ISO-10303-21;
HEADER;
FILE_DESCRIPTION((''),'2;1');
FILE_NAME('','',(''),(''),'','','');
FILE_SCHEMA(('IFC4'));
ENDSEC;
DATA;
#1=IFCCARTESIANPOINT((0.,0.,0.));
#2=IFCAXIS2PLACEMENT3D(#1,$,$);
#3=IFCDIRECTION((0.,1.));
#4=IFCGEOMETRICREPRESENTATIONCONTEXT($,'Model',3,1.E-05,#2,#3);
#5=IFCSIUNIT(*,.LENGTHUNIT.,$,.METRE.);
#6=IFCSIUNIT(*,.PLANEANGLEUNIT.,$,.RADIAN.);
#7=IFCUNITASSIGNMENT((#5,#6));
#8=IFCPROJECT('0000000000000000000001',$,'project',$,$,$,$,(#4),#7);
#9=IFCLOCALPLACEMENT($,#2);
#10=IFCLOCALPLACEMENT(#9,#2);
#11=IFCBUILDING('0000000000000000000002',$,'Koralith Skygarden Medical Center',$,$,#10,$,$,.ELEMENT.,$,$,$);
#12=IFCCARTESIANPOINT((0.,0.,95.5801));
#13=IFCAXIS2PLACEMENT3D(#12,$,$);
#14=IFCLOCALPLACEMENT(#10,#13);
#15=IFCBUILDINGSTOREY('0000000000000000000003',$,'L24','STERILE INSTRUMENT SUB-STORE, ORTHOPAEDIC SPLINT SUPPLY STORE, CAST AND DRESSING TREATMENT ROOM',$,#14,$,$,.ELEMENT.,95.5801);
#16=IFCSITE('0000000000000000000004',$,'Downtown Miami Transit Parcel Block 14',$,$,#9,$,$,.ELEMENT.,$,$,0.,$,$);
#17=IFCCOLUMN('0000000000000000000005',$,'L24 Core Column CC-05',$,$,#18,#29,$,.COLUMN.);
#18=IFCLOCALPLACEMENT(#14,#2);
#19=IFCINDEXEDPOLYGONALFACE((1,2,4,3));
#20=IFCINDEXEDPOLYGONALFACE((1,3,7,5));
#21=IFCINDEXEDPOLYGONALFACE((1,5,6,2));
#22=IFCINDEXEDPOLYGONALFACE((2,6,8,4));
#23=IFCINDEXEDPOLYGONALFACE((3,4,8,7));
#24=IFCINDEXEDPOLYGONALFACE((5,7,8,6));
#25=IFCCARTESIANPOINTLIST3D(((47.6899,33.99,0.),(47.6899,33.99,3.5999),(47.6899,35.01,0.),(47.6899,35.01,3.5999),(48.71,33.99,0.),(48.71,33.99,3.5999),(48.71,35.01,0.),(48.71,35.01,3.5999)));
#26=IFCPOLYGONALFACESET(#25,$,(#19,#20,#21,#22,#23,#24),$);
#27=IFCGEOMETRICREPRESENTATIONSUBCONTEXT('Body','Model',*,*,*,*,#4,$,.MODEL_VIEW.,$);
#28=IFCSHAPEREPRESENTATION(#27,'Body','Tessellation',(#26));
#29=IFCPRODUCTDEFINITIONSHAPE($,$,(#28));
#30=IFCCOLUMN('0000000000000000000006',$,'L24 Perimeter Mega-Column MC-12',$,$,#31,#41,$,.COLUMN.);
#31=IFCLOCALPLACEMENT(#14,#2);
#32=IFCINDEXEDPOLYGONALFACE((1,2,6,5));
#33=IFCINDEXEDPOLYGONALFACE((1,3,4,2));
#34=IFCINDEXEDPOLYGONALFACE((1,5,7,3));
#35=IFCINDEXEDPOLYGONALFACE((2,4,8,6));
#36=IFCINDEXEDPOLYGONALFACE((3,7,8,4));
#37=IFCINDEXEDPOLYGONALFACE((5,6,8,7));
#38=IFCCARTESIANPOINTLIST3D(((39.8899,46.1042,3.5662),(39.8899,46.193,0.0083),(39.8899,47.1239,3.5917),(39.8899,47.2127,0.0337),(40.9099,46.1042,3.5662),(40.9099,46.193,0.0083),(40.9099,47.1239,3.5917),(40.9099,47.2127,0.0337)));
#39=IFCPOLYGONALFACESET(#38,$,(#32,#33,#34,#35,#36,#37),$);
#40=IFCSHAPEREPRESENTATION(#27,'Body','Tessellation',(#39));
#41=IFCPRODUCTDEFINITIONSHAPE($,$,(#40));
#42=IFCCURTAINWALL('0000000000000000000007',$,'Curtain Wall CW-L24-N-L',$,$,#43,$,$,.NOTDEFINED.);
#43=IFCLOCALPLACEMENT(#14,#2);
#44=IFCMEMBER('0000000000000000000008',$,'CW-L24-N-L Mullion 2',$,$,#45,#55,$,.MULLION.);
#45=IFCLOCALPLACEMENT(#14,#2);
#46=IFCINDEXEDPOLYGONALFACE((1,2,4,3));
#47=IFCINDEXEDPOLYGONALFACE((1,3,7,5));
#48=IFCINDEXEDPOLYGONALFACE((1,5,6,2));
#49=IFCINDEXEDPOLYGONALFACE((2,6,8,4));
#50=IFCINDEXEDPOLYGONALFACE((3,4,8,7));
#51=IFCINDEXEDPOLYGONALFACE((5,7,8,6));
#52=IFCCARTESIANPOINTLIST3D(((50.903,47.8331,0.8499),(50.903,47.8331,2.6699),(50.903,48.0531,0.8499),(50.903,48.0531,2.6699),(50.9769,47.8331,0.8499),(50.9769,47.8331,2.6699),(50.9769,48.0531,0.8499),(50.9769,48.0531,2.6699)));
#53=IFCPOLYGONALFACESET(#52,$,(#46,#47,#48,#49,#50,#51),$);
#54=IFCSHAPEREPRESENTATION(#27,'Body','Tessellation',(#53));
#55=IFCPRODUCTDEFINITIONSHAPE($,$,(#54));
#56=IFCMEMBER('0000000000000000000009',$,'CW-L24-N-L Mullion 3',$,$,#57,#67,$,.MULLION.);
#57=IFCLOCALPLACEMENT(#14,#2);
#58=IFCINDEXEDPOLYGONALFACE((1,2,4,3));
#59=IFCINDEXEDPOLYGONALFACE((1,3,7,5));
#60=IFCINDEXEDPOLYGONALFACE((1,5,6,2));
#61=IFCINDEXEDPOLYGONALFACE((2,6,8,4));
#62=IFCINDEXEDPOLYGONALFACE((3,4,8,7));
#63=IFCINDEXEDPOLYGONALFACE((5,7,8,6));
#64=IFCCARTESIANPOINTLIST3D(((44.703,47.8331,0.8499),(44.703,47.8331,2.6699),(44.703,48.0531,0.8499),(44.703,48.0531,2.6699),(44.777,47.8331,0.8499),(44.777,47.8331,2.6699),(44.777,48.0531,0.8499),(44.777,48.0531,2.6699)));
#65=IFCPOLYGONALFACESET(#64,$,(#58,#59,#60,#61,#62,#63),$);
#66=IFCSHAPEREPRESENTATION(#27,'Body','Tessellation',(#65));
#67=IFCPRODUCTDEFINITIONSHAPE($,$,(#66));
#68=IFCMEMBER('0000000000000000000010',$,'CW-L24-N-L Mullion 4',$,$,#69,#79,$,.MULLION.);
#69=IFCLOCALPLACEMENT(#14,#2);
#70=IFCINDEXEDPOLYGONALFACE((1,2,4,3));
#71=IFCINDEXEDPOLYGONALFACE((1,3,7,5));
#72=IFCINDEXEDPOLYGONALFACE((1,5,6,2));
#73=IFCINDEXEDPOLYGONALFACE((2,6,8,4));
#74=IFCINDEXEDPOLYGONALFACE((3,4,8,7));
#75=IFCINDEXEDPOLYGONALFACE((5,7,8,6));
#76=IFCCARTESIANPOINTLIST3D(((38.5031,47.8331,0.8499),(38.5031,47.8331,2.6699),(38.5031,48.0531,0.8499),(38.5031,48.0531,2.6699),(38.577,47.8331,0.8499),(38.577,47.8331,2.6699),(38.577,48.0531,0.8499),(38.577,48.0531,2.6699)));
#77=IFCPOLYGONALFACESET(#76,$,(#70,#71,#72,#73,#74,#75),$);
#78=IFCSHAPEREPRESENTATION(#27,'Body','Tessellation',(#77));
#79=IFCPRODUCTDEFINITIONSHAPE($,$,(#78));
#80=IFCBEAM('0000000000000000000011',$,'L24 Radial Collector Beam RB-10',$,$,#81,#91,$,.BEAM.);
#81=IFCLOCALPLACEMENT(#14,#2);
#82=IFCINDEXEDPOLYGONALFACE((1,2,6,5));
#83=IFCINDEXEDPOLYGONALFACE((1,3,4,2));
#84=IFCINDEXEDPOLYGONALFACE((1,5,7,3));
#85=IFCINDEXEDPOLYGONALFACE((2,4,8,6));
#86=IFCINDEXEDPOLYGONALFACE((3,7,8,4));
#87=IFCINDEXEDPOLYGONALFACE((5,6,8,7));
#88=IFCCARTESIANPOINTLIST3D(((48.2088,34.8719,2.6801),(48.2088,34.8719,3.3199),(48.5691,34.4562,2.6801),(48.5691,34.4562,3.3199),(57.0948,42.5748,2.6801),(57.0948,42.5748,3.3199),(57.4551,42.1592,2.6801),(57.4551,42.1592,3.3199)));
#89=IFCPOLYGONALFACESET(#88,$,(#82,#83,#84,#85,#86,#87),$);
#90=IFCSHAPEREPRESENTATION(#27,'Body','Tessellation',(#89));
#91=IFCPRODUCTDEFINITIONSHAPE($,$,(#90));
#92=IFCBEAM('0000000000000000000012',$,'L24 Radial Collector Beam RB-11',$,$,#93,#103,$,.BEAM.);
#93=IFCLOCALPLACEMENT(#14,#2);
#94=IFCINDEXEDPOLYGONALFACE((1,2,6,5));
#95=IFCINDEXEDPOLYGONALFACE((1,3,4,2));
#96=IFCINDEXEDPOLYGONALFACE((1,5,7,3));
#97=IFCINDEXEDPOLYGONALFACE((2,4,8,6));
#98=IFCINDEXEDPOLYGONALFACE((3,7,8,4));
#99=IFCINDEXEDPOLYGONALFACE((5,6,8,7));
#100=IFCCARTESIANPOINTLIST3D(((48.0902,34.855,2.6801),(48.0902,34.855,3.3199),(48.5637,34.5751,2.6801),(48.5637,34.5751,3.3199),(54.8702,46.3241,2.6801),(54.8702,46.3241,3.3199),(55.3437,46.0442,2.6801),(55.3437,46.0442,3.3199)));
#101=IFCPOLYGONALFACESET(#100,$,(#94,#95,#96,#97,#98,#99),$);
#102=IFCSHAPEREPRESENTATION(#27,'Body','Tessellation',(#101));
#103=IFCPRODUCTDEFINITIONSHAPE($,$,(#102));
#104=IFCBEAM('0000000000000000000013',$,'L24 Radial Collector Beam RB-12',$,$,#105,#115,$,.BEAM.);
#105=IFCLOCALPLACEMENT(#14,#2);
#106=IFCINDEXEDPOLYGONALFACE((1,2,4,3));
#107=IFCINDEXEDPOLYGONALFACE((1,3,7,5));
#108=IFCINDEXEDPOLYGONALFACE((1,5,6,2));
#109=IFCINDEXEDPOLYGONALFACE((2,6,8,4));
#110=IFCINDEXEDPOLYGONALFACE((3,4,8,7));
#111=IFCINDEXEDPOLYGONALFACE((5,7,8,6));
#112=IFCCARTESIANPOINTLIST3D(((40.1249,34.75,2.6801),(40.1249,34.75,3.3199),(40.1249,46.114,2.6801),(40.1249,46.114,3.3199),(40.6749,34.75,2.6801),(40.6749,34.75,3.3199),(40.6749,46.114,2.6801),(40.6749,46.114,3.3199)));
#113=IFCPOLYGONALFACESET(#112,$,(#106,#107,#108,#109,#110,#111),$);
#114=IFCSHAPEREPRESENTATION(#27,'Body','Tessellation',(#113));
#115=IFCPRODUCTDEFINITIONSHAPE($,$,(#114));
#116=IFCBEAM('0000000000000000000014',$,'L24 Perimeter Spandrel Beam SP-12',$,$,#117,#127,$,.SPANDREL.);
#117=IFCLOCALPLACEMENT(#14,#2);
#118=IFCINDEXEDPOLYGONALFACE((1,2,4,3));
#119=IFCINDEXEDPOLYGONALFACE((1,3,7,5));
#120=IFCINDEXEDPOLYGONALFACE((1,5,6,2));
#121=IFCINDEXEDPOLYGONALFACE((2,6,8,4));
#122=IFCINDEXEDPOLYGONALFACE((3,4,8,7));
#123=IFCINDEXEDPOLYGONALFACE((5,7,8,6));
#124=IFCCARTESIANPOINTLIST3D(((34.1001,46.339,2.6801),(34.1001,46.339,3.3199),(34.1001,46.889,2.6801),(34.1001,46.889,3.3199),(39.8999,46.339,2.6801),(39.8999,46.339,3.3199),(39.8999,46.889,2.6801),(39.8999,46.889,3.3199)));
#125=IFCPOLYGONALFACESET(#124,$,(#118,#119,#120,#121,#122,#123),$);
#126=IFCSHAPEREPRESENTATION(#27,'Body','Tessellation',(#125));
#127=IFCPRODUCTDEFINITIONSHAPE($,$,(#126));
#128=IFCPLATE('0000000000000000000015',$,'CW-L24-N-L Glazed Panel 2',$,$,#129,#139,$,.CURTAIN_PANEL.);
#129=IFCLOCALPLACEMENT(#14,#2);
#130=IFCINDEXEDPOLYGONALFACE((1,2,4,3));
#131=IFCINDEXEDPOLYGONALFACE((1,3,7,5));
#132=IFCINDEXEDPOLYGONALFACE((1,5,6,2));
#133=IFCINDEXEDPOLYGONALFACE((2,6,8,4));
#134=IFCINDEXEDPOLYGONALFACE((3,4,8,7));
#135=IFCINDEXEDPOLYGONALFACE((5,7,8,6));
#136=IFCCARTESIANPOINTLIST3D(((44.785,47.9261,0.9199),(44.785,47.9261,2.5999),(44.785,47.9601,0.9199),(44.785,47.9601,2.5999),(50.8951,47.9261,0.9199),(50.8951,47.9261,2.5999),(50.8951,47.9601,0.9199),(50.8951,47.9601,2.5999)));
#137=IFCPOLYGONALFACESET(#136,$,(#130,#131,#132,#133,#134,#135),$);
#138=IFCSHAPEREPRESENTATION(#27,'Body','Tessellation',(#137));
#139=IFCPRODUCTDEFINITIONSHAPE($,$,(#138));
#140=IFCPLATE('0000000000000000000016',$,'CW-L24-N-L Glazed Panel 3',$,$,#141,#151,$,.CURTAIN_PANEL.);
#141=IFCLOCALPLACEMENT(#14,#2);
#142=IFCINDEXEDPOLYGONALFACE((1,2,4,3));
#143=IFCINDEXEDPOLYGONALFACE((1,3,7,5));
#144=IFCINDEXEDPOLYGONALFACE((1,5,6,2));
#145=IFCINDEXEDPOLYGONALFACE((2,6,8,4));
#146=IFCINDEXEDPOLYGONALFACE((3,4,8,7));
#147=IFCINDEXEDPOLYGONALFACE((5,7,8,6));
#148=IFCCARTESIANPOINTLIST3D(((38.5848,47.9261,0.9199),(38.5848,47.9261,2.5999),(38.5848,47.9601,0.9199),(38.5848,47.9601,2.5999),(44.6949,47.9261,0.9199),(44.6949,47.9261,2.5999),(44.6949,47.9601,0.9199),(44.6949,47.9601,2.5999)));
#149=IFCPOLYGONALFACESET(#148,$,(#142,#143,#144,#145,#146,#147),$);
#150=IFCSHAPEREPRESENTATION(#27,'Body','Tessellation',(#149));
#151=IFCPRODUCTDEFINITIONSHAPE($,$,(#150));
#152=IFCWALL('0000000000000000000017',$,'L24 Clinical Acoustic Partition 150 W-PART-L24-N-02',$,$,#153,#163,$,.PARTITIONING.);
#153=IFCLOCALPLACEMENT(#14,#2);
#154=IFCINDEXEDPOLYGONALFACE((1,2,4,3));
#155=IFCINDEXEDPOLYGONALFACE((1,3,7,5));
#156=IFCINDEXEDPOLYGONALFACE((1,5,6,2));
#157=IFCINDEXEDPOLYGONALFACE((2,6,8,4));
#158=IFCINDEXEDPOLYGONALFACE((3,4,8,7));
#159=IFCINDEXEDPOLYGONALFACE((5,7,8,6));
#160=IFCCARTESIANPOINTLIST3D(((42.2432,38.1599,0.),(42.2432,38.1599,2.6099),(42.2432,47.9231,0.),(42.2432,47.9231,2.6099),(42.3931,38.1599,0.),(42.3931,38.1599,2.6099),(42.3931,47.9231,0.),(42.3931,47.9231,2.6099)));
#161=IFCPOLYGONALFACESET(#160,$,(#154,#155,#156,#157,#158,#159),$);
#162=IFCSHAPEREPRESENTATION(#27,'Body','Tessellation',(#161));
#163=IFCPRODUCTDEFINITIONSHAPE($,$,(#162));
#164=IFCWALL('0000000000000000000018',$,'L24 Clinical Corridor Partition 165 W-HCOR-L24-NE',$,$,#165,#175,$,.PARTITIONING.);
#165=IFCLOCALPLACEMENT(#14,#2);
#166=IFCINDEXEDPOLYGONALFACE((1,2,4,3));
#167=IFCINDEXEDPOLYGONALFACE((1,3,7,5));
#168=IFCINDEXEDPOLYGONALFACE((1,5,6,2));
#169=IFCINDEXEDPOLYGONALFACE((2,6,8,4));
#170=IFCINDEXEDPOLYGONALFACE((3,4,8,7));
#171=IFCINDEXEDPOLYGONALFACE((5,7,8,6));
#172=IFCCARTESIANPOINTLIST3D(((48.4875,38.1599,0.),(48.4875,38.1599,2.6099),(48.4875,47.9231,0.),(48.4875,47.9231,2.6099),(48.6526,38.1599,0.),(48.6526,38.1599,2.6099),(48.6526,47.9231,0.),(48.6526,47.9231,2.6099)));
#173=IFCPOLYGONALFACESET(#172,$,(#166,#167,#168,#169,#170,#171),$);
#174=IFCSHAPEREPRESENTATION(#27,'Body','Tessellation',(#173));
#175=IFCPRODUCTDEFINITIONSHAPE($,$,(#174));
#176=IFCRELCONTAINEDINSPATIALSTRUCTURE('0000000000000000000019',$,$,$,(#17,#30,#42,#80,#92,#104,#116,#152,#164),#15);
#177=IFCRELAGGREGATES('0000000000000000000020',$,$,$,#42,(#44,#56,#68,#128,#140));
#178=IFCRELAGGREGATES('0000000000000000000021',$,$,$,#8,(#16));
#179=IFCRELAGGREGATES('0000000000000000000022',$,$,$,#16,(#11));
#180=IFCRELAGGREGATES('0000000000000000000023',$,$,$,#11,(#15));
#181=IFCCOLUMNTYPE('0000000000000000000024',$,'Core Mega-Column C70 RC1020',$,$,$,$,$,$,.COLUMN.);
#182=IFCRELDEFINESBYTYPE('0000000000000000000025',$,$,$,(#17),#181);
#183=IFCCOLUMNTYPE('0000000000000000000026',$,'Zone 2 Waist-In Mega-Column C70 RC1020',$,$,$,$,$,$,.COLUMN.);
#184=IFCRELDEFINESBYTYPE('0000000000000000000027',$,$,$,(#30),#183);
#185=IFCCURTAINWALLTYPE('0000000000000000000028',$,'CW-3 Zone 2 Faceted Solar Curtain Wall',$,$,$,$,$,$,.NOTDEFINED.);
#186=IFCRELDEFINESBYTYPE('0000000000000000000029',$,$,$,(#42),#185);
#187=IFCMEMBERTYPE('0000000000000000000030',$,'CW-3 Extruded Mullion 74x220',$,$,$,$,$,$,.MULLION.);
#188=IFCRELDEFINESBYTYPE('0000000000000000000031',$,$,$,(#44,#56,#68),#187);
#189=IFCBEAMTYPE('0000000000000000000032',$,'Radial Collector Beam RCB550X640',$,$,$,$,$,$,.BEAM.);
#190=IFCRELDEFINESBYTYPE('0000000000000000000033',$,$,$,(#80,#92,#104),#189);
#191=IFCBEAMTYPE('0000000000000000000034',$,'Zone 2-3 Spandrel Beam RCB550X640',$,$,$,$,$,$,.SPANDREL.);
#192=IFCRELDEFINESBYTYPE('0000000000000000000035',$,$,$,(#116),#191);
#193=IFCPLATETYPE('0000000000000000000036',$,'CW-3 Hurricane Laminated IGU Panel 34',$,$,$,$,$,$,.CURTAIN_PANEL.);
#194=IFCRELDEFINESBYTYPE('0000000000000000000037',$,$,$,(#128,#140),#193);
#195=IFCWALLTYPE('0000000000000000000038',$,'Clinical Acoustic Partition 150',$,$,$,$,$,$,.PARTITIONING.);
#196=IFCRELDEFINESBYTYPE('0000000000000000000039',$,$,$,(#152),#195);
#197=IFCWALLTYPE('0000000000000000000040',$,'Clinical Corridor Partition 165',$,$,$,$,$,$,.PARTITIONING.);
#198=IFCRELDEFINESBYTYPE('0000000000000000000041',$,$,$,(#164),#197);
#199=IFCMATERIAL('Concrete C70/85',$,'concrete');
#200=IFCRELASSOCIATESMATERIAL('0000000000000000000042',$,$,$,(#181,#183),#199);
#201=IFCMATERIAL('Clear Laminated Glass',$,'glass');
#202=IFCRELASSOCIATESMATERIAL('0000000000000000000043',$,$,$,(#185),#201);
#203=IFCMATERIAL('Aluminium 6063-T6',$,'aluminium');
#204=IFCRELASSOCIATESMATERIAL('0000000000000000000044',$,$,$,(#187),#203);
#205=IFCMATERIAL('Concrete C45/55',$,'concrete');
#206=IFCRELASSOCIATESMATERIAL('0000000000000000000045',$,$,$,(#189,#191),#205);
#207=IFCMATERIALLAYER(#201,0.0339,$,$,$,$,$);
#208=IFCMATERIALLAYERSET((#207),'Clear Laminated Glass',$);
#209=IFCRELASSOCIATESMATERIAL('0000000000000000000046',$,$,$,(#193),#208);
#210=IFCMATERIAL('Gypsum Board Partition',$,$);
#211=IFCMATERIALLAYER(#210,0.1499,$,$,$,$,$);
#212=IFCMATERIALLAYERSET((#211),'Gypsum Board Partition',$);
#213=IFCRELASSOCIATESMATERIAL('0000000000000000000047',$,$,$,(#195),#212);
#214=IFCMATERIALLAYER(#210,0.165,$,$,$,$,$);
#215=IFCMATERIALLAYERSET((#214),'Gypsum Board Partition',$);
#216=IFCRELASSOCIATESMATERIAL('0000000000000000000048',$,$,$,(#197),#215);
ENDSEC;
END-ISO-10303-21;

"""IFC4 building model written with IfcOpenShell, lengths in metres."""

from ifc_helpers import new_model, si_unit, direction, frame, frame_2d, origin, origin_2d, place, context, subcontext, project, spatial, rectangle, extrude, material, layer, layer_set, material_profile, profile_set, type_object, element, aggregate, save


model = new_model("IFC4")

# Units and contexts
model_context = context("Model", 3, precision=1e-05, world=origin(), true_north=direction((0.0, 1.0)))
body_context = subcontext(model_context, "Body", "Model", "MODEL_VIEW")
ifc_project = project(units=[si_unit("LENGTHUNIT", "METRE"), si_unit("PLANEANGLEUNIT", "RADIAN")], contexts=[model_context])

# Site, building, storey
site_placement = place(None, origin())
site = spatial("IfcSite", under=ifc_project, at=site_placement, Name="Downtown Miami Transit Parcel Block 14", CompositionType="ELEMENT", RefElevation=0.0)
building_placement = place(site_placement, origin())
building = spatial("IfcBuilding", under=site, at=building_placement, Name="Koralith Skygarden Medical Center", CompositionType="ELEMENT")
storey_placement = place(building_placement, frame((0.0, 0.0, 95.5801)))
storey = spatial("IfcBuildingStorey", under=building, at=storey_placement, Name="L24", Description="STERILE INSTRUMENT SUB-STORE, ORTHOPAEDIC SPLINT SUPPLY STORE, CAST AND DRESSING TREATMENT ROOM", CompositionType="ELEMENT", Elevation=95.5801)

# Columns
ifc_material_1 = material(Name="Concrete C70/85", Category="concrete")
ifc_material_profile_1 = material_profile(ifc_material_1, rectangle(XDim=1.02, YDim=1.02, at=origin_2d()), Name="RC1020X1020")
ifc_profile_set_1 = profile_set([ifc_material_profile_1], Name="Concrete C70/85")
column_type_1 = type_object("IfcColumnType", Name="Core Mega-Column C70 RC1020", PredefinedType="COLUMN", material=ifc_profile_set_1)
column_1_placement = place(storey_placement, frame((48.2, 34.5, 0.0), z_axis=(0.0, 0.0, 1.0), x_axis=(1.0, 0.0, 0.0)))
element("IfcColumn", 1, at=column_1_placement, inside=storey, type_object=column_type_1, Name="L24 Core Column CC-05", PredefinedType="COLUMN", context=body_context, shape_type="SweptSolid", body=[
    extrude(rectangle(XDim=1.02, YDim=1.02, at=origin_2d()), origin(), (0.0, 0.0, 1.0), 3.5999),
])
ifc_material_profile_2 = material_profile(ifc_material_1, rectangle(XDim=1.02, YDim=1.02, at=origin_2d()), Name="RC1020X1020")
ifc_profile_set_2 = profile_set([ifc_material_profile_2], Name="Concrete C70/85")
column_type_2 = type_object("IfcColumnType", Name="Zone 2 Waist-In Mega-Column C70 RC1020", PredefinedType="COLUMN", material=ifc_profile_set_2)
column_2_placement = place(storey_placement, frame((40.3999, 46.7029, 0.021), z_axis=(0.0, -0.02497, 0.999688), x_axis=(1.0, 0.0, 0.0)))
element("IfcColumn", 2, at=column_2_placement, inside=storey, type_object=column_type_2, Name="L24 Perimeter Mega-Column MC-12", PredefinedType="COLUMN", context=body_context, shape_type="SweptSolid", body=[
    extrude(rectangle(XDim=1.02, YDim=1.02, at=origin_2d()), origin(), (0.0, 0.0, 1.0), 3.5591),
])

# Curtain wall, members
ifc_material_2 = material(Name="Clear Laminated Glass", Category="glass")
curtain_wall_type = type_object("IfcCurtainWallType", Name="CW-3 Zone 2 Faceted Solar Curtain Wall", PredefinedType="NOTDEFINED", material=ifc_material_2)
curtain_wall_placement = place(storey_placement, origin())
curtain_wall = element("IfcCurtainWall", 3, at=curtain_wall_placement, inside=storey, type_object=curtain_wall_type, Name="Curtain Wall CW-L24-N-L", PredefinedType="NOTDEFINED")
ifc_material_3 = material(Name="Aluminium 6063-T6", Category="aluminium")
ifc_material_profile_3 = material_profile(ifc_material_3, rectangle(XDim=0.074, YDim=0.22, at=origin_2d()), Name="MUL74X220")
ifc_profile_set_3 = profile_set([ifc_material_profile_3], Name="Aluminium 6063-T6")
member_type = type_object("IfcMemberType", Name="CW-3 Extruded Mullion 74x220", PredefinedType="MULLION", material=ifc_profile_set_3)
member_1_placement = place(storey_placement, frame((50.9399, 47.9431, 0.8499), z_axis=(0.0, 0.0, 1.0), x_axis=(1.0, 0.0, 0.0)))
member_1 = element("IfcMember", 4, at=member_1_placement, type_object=member_type, Name="CW-L24-N-L Mullion 2", PredefinedType="MULLION", context=body_context, shape_type="SweptSolid", body=[
    extrude(rectangle(XDim=0.074, YDim=0.22, at=origin_2d()), origin(), (0.0, 0.0, 1.0), 1.8201),
])
member_2_placement = place(storey_placement, frame((44.74, 47.9431, 0.8499), z_axis=(0.0, 0.0, 1.0), x_axis=(1.0, 0.0, 0.0)))
member_2 = element("IfcMember", 5, at=member_2_placement, type_object=member_type, Name="CW-L24-N-L Mullion 3", PredefinedType="MULLION", context=body_context, shape_type="SweptSolid", body=[
    extrude(rectangle(XDim=0.074, YDim=0.22, at=origin_2d()), origin(), (0.0, 0.0, 1.0), 1.8201),
])
member_3_placement = place(storey_placement, frame((38.54, 47.9431, 0.8499), z_axis=(0.0, 0.0, 1.0), x_axis=(1.0, 0.0, 0.0)))
member_3 = element("IfcMember", 6, at=member_3_placement, type_object=member_type, Name="CW-L24-N-L Mullion 4", PredefinedType="MULLION", context=body_context, shape_type="SweptSolid", body=[
    extrude(rectangle(XDim=0.074, YDim=0.22, at=origin_2d()), origin(), (0.0, 0.0, 1.0), 1.8201),
])

# Beams
ifc_material_4 = material(Name="Concrete C45/55", Category="concrete")
ifc_material_profile_4 = material_profile(ifc_material_4, rectangle(XDim=0.55, YDim=0.6399, at=origin_2d()), Name="RCB550X640")
ifc_profile_set_4 = profile_set([ifc_material_profile_4], Name="Concrete C45/55")
beam_type_1 = type_object("IfcBeamType", Name="Radial Collector Beam RCB550X640", PredefinedType="BEAM", material=ifc_profile_set_4)
beam_1_placement = place(storey_placement, frame((48.3889, 34.6641, 3.0), z_axis=(0.755618, 0.655013, 0.0), x_axis=(-0.655013, 0.755618, 0.0)))
element("IfcBeam", 7, at=beam_1_placement, inside=storey, type_object=beam_type_1, Name="L24 Radial Collector Beam RB-10", PredefinedType="BEAM", context=body_context, shape_type="SweptSolid", body=[
    extrude(rectangle(XDim=0.55, YDim=0.6399, at=origin_2d()), origin(), (0.0, 0.0, 1.0), 11.76),
])
beam_2_placement = place(storey_placement, frame((48.3269, 34.7151, 3.0), z_axis=(0.50889, 0.860831, 0.0), x_axis=(-0.860831, 0.50889, 0.0)))
element("IfcBeam", 8, at=beam_2_placement, inside=storey, type_object=beam_type_1, Name="L24 Radial Collector Beam RB-11", PredefinedType="BEAM", context=body_context, shape_type="SweptSolid", body=[
    extrude(rectangle(XDim=0.55, YDim=0.6399, at=origin_2d()), origin(), (0.0, 0.0, 1.0), 13.3232),
])
beam_3_placement = place(storey_placement, frame((40.3999, 34.75, 3.0), z_axis=(0.0, 1.0, 0.0), x_axis=(-1.0, 0.0, 0.0)))
element("IfcBeam", 9, at=beam_3_placement, inside=storey, type_object=beam_type_1, Name="L24 Radial Collector Beam RB-12", PredefinedType="BEAM", context=body_context, shape_type="SweptSolid", body=[
    extrude(rectangle(XDim=0.55, YDim=0.6399, at=origin_2d()), origin(), (0.0, 0.0, 1.0), 11.364),
])
ifc_material_profile_5 = material_profile(ifc_material_4, rectangle(XDim=0.55, YDim=0.6399, at=origin_2d()), Name="RCB550X640")
ifc_profile_set_5 = profile_set([ifc_material_profile_5], Name="Concrete C45/55")
beam_type_2 = type_object("IfcBeamType", Name="Zone 2-3 Spandrel Beam RCB550X640", PredefinedType="SPANDREL", material=ifc_profile_set_5)
beam_4_placement = place(storey_placement, frame((39.8999, 46.614, 3.0), z_axis=(-1.0, 0.0, 0.0), x_axis=(0.0, -1.0, 0.0)))
element("IfcBeam", 10, at=beam_4_placement, inside=storey, type_object=beam_type_2, Name="L24 Perimeter Spandrel Beam SP-12", PredefinedType="SPANDREL", context=body_context, shape_type="SweptSolid", body=[
    extrude(rectangle(XDim=0.55, YDim=0.6399, at=origin_2d()), origin(), (0.0, 0.0, 1.0), 5.7998),
])

# Plates
ifc_layer_1 = layer(ifc_material_2, 0.0339)
ifc_layer_set_1 = layer_set([ifc_layer_1], Name="Clear Laminated Glass")
plate_type = type_object("IfcPlateType", Name="CW-3 Hurricane Laminated IGU Panel 34", PredefinedType="CURTAIN_PANEL", material=ifc_layer_set_1)
plate_1_placement = place(storey_placement, frame((47.8401, 47.9431, 0.9199), z_axis=(0.0, 0.0, 1.0), x_axis=(-1.0, 0.0, 0.0)))
plate_1 = element("IfcPlate", 11, at=plate_1_placement, type_object=plate_type, Name="CW-L24-N-L Glazed Panel 2", PredefinedType="CURTAIN_PANEL", context=body_context, shape_type="SweptSolid", body=[
    extrude(rectangle(XDim=6.1101, YDim=0.0339, at=origin_2d()), origin(), (0.0, 0.0, 1.0), 1.6799),
])
plate_2_placement = place(storey_placement, frame((41.6399, 47.9431, 0.9199), z_axis=(0.0, 0.0, 1.0), x_axis=(-1.0, 0.0, 0.0)))
plate_2 = element("IfcPlate", 12, at=plate_2_placement, type_object=plate_type, Name="CW-L24-N-L Glazed Panel 3", PredefinedType="CURTAIN_PANEL", context=body_context, shape_type="SweptSolid", body=[
    extrude(rectangle(XDim=6.1101, YDim=0.0339, at=origin_2d()), origin(), (0.0, 0.0, 1.0), 1.6799),
])
aggregate(curtain_wall, [member_1, member_2, member_3, plate_1, plate_2])

# Walls
ifc_material_5 = material(Name="Gypsum Board Partition")
ifc_layer_2 = layer(ifc_material_5, 0.1499)
ifc_layer_set_2 = layer_set([ifc_layer_2], Name="Gypsum Board Partition")
wall_type_1 = type_object("IfcWallType", Name="Clinical Acoustic Partition 150", PredefinedType="PARTITIONING", material=ifc_layer_set_2)
wall_1_placement = place(storey_placement, frame((42.3181, 38.1599, 0.0), z_axis=(0.0, 0.0, 1.0), x_axis=(0.0, 1.0, 0.0)))
element("IfcWall", 13, at=wall_1_placement, inside=storey, type_object=wall_type_1, Name="L24 Clinical Acoustic Partition 150 W-PART-L24-N-02", PredefinedType="PARTITIONING", context=body_context, shape_type="SweptSolid", body=[
    extrude(rectangle(XDim=9.7632, YDim=0.1499, at=frame_2d((4.8816, 0.0))), origin(), (0.0, 0.0, 1.0), 2.6099),
])
ifc_layer_3 = layer(ifc_material_5, 0.165)
ifc_layer_set_3 = layer_set([ifc_layer_3], Name="Gypsum Board Partition")
wall_type_2 = type_object("IfcWallType", Name="Clinical Corridor Partition 165", PredefinedType="PARTITIONING", material=ifc_layer_set_3)
wall_2_placement = place(storey_placement, frame((48.5701, 38.1599, 0.0), z_axis=(0.0, 0.0, 1.0), x_axis=(0.0, 1.0, 0.0)))
element("IfcWall", 14, at=wall_2_placement, inside=storey, type_object=wall_type_2, Name="L24 Clinical Corridor Partition 165 W-HCOR-L24-NE", PredefinedType="PARTITIONING", context=body_context, shape_type="SweptSolid", body=[
    extrude(rectangle(XDim=9.7632, YDim=0.165, at=frame_2d((4.8816, 0.0))), origin(), (0.0, 0.0, 1.0), 2.6099),
])

save(model, "model.ifc")
